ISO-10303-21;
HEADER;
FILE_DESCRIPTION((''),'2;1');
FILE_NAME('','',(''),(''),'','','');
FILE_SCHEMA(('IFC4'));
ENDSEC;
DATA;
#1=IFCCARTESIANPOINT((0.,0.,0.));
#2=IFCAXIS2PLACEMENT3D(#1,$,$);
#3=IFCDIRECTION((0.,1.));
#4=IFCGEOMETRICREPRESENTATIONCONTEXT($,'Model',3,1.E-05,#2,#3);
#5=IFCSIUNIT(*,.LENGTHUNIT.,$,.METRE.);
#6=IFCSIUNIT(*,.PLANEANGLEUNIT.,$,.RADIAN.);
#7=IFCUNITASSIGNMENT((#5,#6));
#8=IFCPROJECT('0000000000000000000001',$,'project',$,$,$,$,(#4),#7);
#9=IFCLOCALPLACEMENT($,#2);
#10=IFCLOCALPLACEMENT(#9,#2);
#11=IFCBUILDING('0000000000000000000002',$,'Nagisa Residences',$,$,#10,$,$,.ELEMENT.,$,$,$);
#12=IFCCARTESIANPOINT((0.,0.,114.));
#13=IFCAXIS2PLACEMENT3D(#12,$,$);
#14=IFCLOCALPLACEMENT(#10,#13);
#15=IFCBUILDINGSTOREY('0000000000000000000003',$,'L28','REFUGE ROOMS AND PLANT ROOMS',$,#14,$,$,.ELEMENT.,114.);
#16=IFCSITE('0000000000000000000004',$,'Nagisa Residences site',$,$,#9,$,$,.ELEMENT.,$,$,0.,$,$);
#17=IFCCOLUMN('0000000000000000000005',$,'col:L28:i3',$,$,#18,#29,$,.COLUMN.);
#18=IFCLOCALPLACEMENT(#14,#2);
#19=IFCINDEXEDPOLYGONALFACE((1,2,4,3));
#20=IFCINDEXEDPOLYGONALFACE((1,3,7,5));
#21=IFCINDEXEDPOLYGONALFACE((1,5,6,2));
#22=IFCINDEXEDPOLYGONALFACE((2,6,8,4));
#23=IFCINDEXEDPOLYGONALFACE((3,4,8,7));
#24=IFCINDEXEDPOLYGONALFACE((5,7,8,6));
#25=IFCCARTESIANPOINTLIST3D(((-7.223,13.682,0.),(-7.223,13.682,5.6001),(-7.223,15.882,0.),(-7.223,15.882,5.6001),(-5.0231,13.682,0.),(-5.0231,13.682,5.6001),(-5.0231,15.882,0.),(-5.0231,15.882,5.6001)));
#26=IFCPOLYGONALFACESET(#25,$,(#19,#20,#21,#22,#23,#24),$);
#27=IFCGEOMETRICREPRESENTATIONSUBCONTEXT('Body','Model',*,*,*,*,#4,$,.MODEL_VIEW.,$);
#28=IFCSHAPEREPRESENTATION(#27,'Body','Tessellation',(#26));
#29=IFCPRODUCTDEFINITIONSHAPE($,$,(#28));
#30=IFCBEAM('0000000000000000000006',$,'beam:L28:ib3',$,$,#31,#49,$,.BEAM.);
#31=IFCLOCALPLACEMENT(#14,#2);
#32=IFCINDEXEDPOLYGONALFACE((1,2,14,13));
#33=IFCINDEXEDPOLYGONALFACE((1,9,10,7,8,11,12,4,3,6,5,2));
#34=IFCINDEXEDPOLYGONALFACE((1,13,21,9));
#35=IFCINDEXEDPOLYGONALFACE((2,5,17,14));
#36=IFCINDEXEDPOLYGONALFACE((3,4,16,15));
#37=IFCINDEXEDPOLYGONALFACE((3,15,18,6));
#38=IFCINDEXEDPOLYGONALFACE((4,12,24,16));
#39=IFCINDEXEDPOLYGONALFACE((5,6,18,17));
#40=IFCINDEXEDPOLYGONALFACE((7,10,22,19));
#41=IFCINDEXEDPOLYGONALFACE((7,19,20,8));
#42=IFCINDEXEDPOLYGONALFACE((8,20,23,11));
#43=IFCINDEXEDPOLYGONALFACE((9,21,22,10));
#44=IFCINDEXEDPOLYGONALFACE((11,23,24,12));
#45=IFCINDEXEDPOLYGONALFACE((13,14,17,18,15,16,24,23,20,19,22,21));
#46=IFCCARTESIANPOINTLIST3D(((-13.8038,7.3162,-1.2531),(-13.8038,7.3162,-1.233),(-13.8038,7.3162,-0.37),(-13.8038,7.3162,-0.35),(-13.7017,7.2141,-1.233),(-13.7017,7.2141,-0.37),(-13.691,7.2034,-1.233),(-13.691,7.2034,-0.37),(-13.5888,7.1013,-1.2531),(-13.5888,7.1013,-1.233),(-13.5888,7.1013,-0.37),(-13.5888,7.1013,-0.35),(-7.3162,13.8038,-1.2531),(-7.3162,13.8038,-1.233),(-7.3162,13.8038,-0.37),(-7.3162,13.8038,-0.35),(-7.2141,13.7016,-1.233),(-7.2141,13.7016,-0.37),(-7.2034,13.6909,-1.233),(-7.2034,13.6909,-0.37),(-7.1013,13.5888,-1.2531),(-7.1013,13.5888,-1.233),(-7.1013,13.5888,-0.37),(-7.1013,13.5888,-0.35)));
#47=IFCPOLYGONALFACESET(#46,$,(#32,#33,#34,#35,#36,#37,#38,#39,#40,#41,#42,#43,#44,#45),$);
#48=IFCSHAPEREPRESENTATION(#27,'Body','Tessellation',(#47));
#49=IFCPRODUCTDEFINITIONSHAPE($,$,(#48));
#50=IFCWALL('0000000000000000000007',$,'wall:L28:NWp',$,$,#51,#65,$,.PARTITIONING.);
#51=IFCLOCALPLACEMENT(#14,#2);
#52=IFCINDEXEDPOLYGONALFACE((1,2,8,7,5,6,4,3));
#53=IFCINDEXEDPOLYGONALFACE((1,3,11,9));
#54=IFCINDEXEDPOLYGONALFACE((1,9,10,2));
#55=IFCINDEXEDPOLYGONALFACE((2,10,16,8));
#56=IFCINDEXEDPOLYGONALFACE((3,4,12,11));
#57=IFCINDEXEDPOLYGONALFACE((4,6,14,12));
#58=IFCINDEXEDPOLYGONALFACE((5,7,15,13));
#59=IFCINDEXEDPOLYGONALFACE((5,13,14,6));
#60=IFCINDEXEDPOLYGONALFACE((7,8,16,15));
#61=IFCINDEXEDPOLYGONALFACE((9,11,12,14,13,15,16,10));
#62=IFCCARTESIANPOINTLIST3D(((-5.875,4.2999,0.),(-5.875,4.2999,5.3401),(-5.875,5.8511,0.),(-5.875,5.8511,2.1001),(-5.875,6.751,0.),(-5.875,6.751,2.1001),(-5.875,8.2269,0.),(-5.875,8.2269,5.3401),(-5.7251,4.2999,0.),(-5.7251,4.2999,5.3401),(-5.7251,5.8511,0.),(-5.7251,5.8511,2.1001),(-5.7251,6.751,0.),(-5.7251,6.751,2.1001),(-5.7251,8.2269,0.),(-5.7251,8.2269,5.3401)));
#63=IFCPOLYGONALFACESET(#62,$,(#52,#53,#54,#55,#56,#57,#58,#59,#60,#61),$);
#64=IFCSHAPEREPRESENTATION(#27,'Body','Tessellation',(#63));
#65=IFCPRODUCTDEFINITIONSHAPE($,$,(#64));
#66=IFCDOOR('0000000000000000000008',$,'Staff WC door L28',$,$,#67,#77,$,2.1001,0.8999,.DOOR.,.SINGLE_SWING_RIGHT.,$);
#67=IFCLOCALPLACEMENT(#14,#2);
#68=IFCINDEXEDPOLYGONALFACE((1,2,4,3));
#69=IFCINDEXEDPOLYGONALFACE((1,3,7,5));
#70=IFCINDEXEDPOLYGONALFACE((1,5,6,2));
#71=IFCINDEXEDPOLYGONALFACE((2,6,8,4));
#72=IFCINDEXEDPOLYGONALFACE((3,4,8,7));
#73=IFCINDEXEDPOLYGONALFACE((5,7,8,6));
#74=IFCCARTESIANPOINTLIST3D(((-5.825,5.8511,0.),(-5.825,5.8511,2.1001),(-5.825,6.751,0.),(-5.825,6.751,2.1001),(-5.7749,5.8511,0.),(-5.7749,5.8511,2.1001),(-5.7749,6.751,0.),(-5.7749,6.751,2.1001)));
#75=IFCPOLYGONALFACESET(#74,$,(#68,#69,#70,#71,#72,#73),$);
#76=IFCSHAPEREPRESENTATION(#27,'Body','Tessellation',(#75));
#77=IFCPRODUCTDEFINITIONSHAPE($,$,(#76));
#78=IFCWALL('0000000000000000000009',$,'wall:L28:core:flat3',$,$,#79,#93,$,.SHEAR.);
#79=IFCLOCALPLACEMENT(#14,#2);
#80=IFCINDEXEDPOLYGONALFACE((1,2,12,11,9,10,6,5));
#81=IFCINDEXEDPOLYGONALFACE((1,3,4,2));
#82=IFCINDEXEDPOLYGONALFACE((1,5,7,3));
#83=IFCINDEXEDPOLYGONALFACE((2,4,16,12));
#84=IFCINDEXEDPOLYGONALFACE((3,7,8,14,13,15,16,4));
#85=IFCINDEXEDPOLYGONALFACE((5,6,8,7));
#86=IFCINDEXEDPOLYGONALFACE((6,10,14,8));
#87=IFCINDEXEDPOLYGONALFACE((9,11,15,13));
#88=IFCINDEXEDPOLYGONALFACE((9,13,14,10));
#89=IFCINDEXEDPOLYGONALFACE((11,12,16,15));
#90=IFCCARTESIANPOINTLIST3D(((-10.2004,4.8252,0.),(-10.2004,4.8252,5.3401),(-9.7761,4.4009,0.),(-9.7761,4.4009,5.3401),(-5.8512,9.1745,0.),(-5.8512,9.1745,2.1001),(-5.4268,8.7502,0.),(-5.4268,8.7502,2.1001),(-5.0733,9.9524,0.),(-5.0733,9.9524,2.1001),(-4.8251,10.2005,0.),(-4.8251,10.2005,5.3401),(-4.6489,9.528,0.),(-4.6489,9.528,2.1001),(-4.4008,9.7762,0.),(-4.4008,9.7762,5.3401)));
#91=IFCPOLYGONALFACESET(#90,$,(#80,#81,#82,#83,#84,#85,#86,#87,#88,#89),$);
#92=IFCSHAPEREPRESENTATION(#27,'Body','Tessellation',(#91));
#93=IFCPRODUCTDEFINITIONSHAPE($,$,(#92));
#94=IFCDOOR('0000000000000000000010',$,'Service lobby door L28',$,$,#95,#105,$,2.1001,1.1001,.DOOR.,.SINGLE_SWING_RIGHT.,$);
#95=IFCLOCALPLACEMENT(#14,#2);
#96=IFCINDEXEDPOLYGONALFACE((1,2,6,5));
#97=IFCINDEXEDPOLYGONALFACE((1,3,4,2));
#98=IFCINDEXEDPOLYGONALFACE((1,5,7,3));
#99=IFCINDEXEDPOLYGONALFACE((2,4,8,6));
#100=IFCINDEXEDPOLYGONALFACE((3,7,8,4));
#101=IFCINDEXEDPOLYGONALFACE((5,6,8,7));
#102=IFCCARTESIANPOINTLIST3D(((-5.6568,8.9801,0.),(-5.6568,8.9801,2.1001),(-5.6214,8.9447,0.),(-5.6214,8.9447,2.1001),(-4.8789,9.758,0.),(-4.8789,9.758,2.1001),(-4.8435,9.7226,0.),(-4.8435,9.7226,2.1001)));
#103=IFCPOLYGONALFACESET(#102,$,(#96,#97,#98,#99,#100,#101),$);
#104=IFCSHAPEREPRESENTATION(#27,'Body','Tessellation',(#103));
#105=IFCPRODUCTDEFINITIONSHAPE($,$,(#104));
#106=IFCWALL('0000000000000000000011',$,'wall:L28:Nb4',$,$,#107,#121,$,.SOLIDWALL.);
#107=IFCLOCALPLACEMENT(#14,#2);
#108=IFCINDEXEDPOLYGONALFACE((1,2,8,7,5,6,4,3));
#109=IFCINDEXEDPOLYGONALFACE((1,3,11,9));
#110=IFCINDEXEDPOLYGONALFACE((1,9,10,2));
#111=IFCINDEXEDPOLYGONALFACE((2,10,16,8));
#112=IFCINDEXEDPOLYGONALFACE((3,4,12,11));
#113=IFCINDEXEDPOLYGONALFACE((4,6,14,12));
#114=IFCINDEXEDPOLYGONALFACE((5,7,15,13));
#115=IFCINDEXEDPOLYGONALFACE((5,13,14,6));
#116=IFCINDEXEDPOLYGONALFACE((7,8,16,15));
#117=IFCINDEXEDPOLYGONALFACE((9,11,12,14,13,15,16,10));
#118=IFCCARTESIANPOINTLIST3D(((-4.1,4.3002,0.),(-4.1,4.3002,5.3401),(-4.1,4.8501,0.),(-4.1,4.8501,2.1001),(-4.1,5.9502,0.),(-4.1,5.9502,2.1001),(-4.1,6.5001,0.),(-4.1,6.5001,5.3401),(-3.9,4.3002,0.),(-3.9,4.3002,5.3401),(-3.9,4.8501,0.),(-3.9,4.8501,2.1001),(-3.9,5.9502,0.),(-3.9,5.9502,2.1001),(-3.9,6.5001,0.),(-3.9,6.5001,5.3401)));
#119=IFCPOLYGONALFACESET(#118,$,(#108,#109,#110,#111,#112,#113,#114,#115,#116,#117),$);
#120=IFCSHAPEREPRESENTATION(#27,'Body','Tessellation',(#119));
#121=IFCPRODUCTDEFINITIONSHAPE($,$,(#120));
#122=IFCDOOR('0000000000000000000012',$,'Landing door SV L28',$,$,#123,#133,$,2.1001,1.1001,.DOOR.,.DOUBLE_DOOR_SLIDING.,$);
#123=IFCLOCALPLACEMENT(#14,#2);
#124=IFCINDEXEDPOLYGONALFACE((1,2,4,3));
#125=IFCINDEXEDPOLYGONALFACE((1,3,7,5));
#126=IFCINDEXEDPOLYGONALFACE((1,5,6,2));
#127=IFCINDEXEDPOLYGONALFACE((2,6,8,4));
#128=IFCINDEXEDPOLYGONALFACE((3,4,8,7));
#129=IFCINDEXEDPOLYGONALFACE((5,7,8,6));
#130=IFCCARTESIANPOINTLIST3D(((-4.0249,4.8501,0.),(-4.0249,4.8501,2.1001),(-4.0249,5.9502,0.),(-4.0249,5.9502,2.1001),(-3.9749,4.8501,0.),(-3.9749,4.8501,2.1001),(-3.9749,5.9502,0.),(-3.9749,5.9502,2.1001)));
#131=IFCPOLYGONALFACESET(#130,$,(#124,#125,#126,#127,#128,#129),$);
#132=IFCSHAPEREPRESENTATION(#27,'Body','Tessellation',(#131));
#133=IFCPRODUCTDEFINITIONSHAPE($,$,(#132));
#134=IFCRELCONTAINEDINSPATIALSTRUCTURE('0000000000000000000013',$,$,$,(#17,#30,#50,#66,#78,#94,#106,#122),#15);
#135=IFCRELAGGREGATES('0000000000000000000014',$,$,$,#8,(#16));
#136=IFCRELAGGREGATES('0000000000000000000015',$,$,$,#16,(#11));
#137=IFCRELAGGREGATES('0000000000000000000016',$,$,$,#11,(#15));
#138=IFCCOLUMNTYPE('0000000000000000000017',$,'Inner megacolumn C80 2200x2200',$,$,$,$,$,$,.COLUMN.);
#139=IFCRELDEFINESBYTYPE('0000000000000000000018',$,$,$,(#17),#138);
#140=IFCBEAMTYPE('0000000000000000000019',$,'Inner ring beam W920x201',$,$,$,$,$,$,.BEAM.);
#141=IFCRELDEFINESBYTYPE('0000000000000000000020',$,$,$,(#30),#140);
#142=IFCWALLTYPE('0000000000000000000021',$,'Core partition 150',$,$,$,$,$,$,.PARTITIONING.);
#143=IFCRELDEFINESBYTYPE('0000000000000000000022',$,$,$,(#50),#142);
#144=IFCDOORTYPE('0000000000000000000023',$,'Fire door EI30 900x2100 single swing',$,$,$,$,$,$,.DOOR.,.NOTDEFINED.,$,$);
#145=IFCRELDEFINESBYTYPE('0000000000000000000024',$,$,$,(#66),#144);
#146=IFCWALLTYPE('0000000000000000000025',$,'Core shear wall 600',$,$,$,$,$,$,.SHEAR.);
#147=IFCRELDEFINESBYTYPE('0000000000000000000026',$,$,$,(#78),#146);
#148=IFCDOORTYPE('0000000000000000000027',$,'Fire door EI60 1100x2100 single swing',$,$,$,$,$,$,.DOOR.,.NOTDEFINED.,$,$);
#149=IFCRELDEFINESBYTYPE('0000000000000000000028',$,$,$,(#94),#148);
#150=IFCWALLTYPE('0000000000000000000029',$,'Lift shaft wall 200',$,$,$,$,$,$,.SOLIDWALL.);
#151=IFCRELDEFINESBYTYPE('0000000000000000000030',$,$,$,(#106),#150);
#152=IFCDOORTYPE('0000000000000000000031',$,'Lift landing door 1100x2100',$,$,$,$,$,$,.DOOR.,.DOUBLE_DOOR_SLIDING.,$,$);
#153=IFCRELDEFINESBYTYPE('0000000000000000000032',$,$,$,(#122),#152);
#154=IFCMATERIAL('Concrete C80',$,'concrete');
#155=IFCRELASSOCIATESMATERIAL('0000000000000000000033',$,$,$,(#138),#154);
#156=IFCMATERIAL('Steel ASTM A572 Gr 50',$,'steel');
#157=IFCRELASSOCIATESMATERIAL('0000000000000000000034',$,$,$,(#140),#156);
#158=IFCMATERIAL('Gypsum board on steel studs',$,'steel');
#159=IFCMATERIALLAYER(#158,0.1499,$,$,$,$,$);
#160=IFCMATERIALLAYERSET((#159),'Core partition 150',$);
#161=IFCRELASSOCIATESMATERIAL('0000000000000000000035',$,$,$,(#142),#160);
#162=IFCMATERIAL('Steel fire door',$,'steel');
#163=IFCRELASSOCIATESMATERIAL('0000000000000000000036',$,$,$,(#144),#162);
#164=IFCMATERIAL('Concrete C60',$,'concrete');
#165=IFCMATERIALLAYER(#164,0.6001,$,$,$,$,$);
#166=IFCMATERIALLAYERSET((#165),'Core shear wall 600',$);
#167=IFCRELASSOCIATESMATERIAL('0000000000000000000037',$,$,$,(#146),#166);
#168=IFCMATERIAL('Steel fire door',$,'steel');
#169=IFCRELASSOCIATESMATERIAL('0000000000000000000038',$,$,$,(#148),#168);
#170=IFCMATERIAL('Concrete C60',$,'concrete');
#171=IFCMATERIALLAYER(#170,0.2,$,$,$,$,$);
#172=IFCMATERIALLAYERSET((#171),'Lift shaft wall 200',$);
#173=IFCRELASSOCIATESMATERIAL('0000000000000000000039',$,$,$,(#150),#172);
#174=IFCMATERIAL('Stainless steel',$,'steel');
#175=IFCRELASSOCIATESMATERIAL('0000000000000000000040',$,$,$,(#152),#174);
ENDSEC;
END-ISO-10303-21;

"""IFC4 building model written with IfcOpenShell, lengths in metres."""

from ifc_helpers import new_model, si_unit, direction, frame, frame_2d, origin, origin_2d, place, context, subcontext, project, spatial, rectangle, i_section, extrude, material, layer, layer_set, material_profile, profile_set, type_object, element, fill, save


model = new_model("IFC4")

# Units and contexts
model_context = context("Model", 3, precision=1e-05, world=origin(), true_north=direction((0.0, 1.0)))
body_context = subcontext(model_context, "Body", "Model", "MODEL_VIEW")
ifc_project = project(units=[si_unit("LENGTHUNIT", "METRE"), si_unit("PLANEANGLEUNIT", "RADIAN")], contexts=[model_context])

# Site, building, storey
site_placement = place(None, origin())
site = spatial("IfcSite", under=ifc_project, at=site_placement, Name="Nagisa Residences site", CompositionType="ELEMENT", RefElevation=0.0)
building_placement = place(site_placement, origin())
building = spatial("IfcBuilding", under=site, at=building_placement, Name="Nagisa Residences", CompositionType="ELEMENT")
storey_placement = place(building_placement, frame((0.0, 0.0, 114.0)))
storey = spatial("IfcBuildingStorey", under=building, at=storey_placement, Name="L28", Description="REFUGE ROOMS AND PLANT ROOMS", CompositionType="ELEMENT", Elevation=114.0)

# Column
ifc_material_1 = material(Name="Concrete C80", Category="concrete")
ifc_material_profile_1 = material_profile(ifc_material_1, rectangle(XDim=2.2, YDim=2.2, at=origin_2d()), Name="C80 2200x2200")
ifc_profile_set_1 = profile_set([ifc_material_profile_1], Name="Concrete C80")
column_type = type_object("IfcColumnType", Name="Inner megacolumn C80 2200x2200", PredefinedType="COLUMN", material=ifc_profile_set_1)
column_placement = place(storey_placement, frame((-6.123, 14.782, 0.0), z_axis=(0.0, 0.0, 1.0), x_axis=(1.0, 0.0, 0.0)))
element("IfcColumn", 1, at=column_placement, inside=storey, type_object=column_type, Name="col:L28:i3", PredefinedType="COLUMN", context=body_context, shape_type="SweptSolid", body=[
    extrude(rectangle(XDim=2.2, YDim=2.2, at=origin_2d()), origin(), (0.0, 0.0, 1.0), 5.6001),
])

# Beam
ifc_material_2 = material(Name="Steel ASTM A572 Gr 50", Category="steel")
ifc_material_profile_2 = material_profile(ifc_material_2, i_section(OverallWidth=0.304, OverallDepth=0.9031, WebThickness=0.0151, FlangeThickness=0.02, at=origin_2d()), Name="W920x201")
ifc_profile_set_2 = profile_set([ifc_material_profile_2], Name="Steel ASTM A572 Gr 50")
beam_type = type_object("IfcBeamType", Name="Inner ring beam W920x201", PredefinedType="BEAM", material=ifc_profile_set_2)
beam_placement = place(storey_placement, frame((-7.2087, 13.6963, -0.8015), z_axis=(-0.707107, -0.707107, 0.0), x_axis=(0.707107, -0.707107, 0.0)))
element("IfcBeam", 2, at=beam_placement, inside=storey, type_object=beam_type, Name="beam:L28:ib3", PredefinedType="BEAM", context=body_context, shape_type="SweptSolid", body=[
    extrude(i_section(OverallWidth=0.304, OverallDepth=0.9031, WebThickness=0.0151, FlangeThickness=0.02, at=origin_2d()), origin(), (0.0, 0.0, 1.0), 9.1748),
])

# Walls, openings, doors
ifc_material_3 = material(Name="Gypsum board on steel studs", Category="steel")
ifc_layer_1 = layer(ifc_material_3, 0.1499)
ifc_layer_set_1 = layer_set([ifc_layer_1], Name="Core partition 150")
wall_type_1 = type_object("IfcWallType", Name="Core partition 150", PredefinedType="PARTITIONING", material=ifc_layer_set_1)
wall_1_placement = place(storey_placement, frame((-5.8, 4.3, 0.0), z_axis=(0.0, 0.0, 1.0), x_axis=(0.0, 1.0, 0.0)))
wall_1 = element("IfcWall", 3, at=wall_1_placement, inside=storey, type_object=wall_type_1, Name="wall:L28:NWp", PredefinedType="PARTITIONING", context=body_context, shape_type="SweptSolid", body=[
    extrude(rectangle(XDim=3.927, YDim=0.1499, at=frame_2d((1.9634, 0.0))), origin(), (0.0, 0.0, 1.0), 5.3401),
])
opening_1_placement = place(wall_1_placement, frame((1.551, 0.0, 0.0)))
opening_1 = element("IfcOpeningElement", 4, at=opening_1_placement, cuts=wall_1, PredefinedType="OPENING", context=body_context, shape_type="SweptSolid", body=[
    extrude(rectangle(XDim=0.8999, YDim=2.1001, at=frame_2d((0.45, 1.05))), frame((0.0, 0.085, 0.0), z_axis=(0.0, -1.0, 0.0), x_axis=(1.0, 0.0, 0.0)), (0.0, 0.0, 1.0), 0.1699),
])
ifc_material_4 = material(Name="Steel fire door", Category="steel")
door_type_1 = type_object("IfcDoorType", Name="Fire door EI30 900x2100 single swing", OperationType="NOTDEFINED", PredefinedType="DOOR", material=ifc_material_4)
door_1_placement = place(opening_1_placement, origin())
door_1 = element("IfcDoor", 5, at=door_1_placement, inside=storey, type_object=door_type_1, Name="Staff WC door L28", OperationType="SINGLE_SWING_RIGHT", OverallHeight=2.1001, OverallWidth=0.8999, PredefinedType="DOOR", context=body_context, shape_type="SweptSolid", body=[
    extrude(rectangle(XDim=0.8999, YDim=2.1001, at=frame_2d((0.45, 1.05))), frame((0.0, 0.0249, 0.0), z_axis=(0.0, -1.0, 0.0), x_axis=(1.0, 0.0, 0.0)), (0.0, 0.0, 1.0), 0.05),
])
fill(opening_1, door_1)
ifc_material_5 = material(Name="Concrete C60", Category="concrete")
ifc_layer_2 = layer(ifc_material_5, 0.6001)
ifc_layer_set_2 = layer_set([ifc_layer_2], Name="Core shear wall 600")
wall_type_2 = type_object("IfcWallType", Name="Core shear wall 600", PredefinedType="SHEAR", material=ifc_layer_set_2)
wall_2_placement = place(storey_placement, frame((-4.613, 9.9883, 0.0), z_axis=(0.0, 0.0, 1.0), x_axis=(-0.707107, -0.707107, 0.0)))
wall_2 = element("IfcWall", 6, at=wall_2_placement, inside=storey, type_object=wall_type_2, Name="wall:L28:core:flat3", PredefinedType="SHEAR", context=body_context, shape_type="SweptSolid", body=[
    extrude(rectangle(XDim=7.6018, YDim=0.6001, at=frame_2d((3.8008, 0.0))), origin(), (0.0, 0.0, 1.0), 5.3401),
])
opening_2_placement = place(wall_2_placement, frame((0.3508, 0.0, 0.0)))
opening_2 = element("IfcOpeningElement", 7, at=opening_2_placement, cuts=wall_2, PredefinedType="OPENING", context=body_context, shape_type="SweptSolid", body=[
    extrude(rectangle(XDim=1.1001, YDim=2.1001, at=frame_2d((0.55, 1.05))), frame((0.0, 0.3101, 0.0), z_axis=(0.0, -1.0, 0.0), x_axis=(1.0, 0.0, 0.0)), (0.0, 0.0, 1.0), 0.6201),
])
ifc_material_6 = material(Name="Steel fire door", Category="steel")
door_type_2 = type_object("IfcDoorType", Name="Fire door EI60 1100x2100 single swing", OperationType="NOTDEFINED", PredefinedType="DOOR", material=ifc_material_6)
door_2_placement = place(opening_2_placement, origin())
door_2 = element("IfcDoor", 8, at=door_2_placement, inside=storey, type_object=door_type_2, Name="Service lobby door L28", OperationType="SINGLE_SWING_RIGHT", OverallHeight=2.1001, OverallWidth=1.1001, PredefinedType="DOOR", context=body_context, shape_type="SweptSolid", body=[
    extrude(rectangle(XDim=1.1001, YDim=2.1001, at=frame_2d((0.55, 1.05))), frame((0.0, 0.0249, 0.0), z_axis=(0.0, -1.0, 0.0), x_axis=(1.0, 0.0, 0.0)), (0.0, 0.0, 1.0), 0.05),
])
fill(opening_2, door_2)
ifc_material_7 = material(Name="Concrete C60", Category="concrete")
ifc_layer_3 = layer(ifc_material_7, 0.2)
ifc_layer_set_3 = layer_set([ifc_layer_3], Name="Lift shaft wall 200")
wall_type_3 = type_object("IfcWallType", Name="Lift shaft wall 200", PredefinedType="SOLIDWALL", material=ifc_layer_set_3)
wall_3_placement = place(storey_placement, frame((-4.0, 4.3, 0.0), z_axis=(0.0, 0.0, 1.0), x_axis=(0.0, 1.0, 0.0)))
wall_3 = element("IfcWall", 9, at=wall_3_placement, inside=storey, type_object=wall_type_3, Name="wall:L28:Nb4", PredefinedType="SOLIDWALL", context=body_context, shape_type="SweptSolid", body=[
    extrude(rectangle(XDim=2.2, YDim=0.2, at=frame_2d((1.1001, 0.0))), origin(), (0.0, 0.0, 1.0), 5.3401),
])
opening_3_placement = place(wall_3_placement, frame((0.55, 0.0, 0.0)))
opening_3 = element("IfcOpeningElement", 10, at=opening_3_placement, cuts=wall_3, PredefinedType="OPENING", context=body_context, shape_type="SweptSolid", body=[
    extrude(rectangle(XDim=1.1001, YDim=2.1001, at=frame_2d((0.55, 1.05))), frame((0.0, 0.1099, 0.0), z_axis=(0.0, -1.0, 0.0), x_axis=(1.0, 0.0, 0.0)), (0.0, 0.0, 1.0), 0.22),
])
ifc_material_8 = material(Name="Stainless steel", Category="steel")
door_type_3 = type_object("IfcDoorType", Name="Lift landing door 1100x2100", OperationType="DOUBLE_DOOR_SLIDING", PredefinedType="DOOR", material=ifc_material_8)
door_3_placement = place(opening_3_placement, origin())
door_3 = element("IfcDoor", 11, at=door_3_placement, inside=storey, type_object=door_type_3, Name="Landing door SV L28", OperationType="DOUBLE_DOOR_SLIDING", OverallHeight=2.1001, OverallWidth=1.1001, PredefinedType="DOOR", context=body_context, shape_type="SweptSolid", body=[
    extrude(rectangle(XDim=1.1001, YDim=2.1001, at=frame_2d((0.55, 1.05))), frame((0.0, 0.0249, 0.0), z_axis=(0.0, -1.0, 0.0), x_axis=(1.0, 0.0, 0.0)), (0.0, 0.0, 1.0), 0.05),
])
fill(opening_3, door_3)

save(model, "model.ifc")
